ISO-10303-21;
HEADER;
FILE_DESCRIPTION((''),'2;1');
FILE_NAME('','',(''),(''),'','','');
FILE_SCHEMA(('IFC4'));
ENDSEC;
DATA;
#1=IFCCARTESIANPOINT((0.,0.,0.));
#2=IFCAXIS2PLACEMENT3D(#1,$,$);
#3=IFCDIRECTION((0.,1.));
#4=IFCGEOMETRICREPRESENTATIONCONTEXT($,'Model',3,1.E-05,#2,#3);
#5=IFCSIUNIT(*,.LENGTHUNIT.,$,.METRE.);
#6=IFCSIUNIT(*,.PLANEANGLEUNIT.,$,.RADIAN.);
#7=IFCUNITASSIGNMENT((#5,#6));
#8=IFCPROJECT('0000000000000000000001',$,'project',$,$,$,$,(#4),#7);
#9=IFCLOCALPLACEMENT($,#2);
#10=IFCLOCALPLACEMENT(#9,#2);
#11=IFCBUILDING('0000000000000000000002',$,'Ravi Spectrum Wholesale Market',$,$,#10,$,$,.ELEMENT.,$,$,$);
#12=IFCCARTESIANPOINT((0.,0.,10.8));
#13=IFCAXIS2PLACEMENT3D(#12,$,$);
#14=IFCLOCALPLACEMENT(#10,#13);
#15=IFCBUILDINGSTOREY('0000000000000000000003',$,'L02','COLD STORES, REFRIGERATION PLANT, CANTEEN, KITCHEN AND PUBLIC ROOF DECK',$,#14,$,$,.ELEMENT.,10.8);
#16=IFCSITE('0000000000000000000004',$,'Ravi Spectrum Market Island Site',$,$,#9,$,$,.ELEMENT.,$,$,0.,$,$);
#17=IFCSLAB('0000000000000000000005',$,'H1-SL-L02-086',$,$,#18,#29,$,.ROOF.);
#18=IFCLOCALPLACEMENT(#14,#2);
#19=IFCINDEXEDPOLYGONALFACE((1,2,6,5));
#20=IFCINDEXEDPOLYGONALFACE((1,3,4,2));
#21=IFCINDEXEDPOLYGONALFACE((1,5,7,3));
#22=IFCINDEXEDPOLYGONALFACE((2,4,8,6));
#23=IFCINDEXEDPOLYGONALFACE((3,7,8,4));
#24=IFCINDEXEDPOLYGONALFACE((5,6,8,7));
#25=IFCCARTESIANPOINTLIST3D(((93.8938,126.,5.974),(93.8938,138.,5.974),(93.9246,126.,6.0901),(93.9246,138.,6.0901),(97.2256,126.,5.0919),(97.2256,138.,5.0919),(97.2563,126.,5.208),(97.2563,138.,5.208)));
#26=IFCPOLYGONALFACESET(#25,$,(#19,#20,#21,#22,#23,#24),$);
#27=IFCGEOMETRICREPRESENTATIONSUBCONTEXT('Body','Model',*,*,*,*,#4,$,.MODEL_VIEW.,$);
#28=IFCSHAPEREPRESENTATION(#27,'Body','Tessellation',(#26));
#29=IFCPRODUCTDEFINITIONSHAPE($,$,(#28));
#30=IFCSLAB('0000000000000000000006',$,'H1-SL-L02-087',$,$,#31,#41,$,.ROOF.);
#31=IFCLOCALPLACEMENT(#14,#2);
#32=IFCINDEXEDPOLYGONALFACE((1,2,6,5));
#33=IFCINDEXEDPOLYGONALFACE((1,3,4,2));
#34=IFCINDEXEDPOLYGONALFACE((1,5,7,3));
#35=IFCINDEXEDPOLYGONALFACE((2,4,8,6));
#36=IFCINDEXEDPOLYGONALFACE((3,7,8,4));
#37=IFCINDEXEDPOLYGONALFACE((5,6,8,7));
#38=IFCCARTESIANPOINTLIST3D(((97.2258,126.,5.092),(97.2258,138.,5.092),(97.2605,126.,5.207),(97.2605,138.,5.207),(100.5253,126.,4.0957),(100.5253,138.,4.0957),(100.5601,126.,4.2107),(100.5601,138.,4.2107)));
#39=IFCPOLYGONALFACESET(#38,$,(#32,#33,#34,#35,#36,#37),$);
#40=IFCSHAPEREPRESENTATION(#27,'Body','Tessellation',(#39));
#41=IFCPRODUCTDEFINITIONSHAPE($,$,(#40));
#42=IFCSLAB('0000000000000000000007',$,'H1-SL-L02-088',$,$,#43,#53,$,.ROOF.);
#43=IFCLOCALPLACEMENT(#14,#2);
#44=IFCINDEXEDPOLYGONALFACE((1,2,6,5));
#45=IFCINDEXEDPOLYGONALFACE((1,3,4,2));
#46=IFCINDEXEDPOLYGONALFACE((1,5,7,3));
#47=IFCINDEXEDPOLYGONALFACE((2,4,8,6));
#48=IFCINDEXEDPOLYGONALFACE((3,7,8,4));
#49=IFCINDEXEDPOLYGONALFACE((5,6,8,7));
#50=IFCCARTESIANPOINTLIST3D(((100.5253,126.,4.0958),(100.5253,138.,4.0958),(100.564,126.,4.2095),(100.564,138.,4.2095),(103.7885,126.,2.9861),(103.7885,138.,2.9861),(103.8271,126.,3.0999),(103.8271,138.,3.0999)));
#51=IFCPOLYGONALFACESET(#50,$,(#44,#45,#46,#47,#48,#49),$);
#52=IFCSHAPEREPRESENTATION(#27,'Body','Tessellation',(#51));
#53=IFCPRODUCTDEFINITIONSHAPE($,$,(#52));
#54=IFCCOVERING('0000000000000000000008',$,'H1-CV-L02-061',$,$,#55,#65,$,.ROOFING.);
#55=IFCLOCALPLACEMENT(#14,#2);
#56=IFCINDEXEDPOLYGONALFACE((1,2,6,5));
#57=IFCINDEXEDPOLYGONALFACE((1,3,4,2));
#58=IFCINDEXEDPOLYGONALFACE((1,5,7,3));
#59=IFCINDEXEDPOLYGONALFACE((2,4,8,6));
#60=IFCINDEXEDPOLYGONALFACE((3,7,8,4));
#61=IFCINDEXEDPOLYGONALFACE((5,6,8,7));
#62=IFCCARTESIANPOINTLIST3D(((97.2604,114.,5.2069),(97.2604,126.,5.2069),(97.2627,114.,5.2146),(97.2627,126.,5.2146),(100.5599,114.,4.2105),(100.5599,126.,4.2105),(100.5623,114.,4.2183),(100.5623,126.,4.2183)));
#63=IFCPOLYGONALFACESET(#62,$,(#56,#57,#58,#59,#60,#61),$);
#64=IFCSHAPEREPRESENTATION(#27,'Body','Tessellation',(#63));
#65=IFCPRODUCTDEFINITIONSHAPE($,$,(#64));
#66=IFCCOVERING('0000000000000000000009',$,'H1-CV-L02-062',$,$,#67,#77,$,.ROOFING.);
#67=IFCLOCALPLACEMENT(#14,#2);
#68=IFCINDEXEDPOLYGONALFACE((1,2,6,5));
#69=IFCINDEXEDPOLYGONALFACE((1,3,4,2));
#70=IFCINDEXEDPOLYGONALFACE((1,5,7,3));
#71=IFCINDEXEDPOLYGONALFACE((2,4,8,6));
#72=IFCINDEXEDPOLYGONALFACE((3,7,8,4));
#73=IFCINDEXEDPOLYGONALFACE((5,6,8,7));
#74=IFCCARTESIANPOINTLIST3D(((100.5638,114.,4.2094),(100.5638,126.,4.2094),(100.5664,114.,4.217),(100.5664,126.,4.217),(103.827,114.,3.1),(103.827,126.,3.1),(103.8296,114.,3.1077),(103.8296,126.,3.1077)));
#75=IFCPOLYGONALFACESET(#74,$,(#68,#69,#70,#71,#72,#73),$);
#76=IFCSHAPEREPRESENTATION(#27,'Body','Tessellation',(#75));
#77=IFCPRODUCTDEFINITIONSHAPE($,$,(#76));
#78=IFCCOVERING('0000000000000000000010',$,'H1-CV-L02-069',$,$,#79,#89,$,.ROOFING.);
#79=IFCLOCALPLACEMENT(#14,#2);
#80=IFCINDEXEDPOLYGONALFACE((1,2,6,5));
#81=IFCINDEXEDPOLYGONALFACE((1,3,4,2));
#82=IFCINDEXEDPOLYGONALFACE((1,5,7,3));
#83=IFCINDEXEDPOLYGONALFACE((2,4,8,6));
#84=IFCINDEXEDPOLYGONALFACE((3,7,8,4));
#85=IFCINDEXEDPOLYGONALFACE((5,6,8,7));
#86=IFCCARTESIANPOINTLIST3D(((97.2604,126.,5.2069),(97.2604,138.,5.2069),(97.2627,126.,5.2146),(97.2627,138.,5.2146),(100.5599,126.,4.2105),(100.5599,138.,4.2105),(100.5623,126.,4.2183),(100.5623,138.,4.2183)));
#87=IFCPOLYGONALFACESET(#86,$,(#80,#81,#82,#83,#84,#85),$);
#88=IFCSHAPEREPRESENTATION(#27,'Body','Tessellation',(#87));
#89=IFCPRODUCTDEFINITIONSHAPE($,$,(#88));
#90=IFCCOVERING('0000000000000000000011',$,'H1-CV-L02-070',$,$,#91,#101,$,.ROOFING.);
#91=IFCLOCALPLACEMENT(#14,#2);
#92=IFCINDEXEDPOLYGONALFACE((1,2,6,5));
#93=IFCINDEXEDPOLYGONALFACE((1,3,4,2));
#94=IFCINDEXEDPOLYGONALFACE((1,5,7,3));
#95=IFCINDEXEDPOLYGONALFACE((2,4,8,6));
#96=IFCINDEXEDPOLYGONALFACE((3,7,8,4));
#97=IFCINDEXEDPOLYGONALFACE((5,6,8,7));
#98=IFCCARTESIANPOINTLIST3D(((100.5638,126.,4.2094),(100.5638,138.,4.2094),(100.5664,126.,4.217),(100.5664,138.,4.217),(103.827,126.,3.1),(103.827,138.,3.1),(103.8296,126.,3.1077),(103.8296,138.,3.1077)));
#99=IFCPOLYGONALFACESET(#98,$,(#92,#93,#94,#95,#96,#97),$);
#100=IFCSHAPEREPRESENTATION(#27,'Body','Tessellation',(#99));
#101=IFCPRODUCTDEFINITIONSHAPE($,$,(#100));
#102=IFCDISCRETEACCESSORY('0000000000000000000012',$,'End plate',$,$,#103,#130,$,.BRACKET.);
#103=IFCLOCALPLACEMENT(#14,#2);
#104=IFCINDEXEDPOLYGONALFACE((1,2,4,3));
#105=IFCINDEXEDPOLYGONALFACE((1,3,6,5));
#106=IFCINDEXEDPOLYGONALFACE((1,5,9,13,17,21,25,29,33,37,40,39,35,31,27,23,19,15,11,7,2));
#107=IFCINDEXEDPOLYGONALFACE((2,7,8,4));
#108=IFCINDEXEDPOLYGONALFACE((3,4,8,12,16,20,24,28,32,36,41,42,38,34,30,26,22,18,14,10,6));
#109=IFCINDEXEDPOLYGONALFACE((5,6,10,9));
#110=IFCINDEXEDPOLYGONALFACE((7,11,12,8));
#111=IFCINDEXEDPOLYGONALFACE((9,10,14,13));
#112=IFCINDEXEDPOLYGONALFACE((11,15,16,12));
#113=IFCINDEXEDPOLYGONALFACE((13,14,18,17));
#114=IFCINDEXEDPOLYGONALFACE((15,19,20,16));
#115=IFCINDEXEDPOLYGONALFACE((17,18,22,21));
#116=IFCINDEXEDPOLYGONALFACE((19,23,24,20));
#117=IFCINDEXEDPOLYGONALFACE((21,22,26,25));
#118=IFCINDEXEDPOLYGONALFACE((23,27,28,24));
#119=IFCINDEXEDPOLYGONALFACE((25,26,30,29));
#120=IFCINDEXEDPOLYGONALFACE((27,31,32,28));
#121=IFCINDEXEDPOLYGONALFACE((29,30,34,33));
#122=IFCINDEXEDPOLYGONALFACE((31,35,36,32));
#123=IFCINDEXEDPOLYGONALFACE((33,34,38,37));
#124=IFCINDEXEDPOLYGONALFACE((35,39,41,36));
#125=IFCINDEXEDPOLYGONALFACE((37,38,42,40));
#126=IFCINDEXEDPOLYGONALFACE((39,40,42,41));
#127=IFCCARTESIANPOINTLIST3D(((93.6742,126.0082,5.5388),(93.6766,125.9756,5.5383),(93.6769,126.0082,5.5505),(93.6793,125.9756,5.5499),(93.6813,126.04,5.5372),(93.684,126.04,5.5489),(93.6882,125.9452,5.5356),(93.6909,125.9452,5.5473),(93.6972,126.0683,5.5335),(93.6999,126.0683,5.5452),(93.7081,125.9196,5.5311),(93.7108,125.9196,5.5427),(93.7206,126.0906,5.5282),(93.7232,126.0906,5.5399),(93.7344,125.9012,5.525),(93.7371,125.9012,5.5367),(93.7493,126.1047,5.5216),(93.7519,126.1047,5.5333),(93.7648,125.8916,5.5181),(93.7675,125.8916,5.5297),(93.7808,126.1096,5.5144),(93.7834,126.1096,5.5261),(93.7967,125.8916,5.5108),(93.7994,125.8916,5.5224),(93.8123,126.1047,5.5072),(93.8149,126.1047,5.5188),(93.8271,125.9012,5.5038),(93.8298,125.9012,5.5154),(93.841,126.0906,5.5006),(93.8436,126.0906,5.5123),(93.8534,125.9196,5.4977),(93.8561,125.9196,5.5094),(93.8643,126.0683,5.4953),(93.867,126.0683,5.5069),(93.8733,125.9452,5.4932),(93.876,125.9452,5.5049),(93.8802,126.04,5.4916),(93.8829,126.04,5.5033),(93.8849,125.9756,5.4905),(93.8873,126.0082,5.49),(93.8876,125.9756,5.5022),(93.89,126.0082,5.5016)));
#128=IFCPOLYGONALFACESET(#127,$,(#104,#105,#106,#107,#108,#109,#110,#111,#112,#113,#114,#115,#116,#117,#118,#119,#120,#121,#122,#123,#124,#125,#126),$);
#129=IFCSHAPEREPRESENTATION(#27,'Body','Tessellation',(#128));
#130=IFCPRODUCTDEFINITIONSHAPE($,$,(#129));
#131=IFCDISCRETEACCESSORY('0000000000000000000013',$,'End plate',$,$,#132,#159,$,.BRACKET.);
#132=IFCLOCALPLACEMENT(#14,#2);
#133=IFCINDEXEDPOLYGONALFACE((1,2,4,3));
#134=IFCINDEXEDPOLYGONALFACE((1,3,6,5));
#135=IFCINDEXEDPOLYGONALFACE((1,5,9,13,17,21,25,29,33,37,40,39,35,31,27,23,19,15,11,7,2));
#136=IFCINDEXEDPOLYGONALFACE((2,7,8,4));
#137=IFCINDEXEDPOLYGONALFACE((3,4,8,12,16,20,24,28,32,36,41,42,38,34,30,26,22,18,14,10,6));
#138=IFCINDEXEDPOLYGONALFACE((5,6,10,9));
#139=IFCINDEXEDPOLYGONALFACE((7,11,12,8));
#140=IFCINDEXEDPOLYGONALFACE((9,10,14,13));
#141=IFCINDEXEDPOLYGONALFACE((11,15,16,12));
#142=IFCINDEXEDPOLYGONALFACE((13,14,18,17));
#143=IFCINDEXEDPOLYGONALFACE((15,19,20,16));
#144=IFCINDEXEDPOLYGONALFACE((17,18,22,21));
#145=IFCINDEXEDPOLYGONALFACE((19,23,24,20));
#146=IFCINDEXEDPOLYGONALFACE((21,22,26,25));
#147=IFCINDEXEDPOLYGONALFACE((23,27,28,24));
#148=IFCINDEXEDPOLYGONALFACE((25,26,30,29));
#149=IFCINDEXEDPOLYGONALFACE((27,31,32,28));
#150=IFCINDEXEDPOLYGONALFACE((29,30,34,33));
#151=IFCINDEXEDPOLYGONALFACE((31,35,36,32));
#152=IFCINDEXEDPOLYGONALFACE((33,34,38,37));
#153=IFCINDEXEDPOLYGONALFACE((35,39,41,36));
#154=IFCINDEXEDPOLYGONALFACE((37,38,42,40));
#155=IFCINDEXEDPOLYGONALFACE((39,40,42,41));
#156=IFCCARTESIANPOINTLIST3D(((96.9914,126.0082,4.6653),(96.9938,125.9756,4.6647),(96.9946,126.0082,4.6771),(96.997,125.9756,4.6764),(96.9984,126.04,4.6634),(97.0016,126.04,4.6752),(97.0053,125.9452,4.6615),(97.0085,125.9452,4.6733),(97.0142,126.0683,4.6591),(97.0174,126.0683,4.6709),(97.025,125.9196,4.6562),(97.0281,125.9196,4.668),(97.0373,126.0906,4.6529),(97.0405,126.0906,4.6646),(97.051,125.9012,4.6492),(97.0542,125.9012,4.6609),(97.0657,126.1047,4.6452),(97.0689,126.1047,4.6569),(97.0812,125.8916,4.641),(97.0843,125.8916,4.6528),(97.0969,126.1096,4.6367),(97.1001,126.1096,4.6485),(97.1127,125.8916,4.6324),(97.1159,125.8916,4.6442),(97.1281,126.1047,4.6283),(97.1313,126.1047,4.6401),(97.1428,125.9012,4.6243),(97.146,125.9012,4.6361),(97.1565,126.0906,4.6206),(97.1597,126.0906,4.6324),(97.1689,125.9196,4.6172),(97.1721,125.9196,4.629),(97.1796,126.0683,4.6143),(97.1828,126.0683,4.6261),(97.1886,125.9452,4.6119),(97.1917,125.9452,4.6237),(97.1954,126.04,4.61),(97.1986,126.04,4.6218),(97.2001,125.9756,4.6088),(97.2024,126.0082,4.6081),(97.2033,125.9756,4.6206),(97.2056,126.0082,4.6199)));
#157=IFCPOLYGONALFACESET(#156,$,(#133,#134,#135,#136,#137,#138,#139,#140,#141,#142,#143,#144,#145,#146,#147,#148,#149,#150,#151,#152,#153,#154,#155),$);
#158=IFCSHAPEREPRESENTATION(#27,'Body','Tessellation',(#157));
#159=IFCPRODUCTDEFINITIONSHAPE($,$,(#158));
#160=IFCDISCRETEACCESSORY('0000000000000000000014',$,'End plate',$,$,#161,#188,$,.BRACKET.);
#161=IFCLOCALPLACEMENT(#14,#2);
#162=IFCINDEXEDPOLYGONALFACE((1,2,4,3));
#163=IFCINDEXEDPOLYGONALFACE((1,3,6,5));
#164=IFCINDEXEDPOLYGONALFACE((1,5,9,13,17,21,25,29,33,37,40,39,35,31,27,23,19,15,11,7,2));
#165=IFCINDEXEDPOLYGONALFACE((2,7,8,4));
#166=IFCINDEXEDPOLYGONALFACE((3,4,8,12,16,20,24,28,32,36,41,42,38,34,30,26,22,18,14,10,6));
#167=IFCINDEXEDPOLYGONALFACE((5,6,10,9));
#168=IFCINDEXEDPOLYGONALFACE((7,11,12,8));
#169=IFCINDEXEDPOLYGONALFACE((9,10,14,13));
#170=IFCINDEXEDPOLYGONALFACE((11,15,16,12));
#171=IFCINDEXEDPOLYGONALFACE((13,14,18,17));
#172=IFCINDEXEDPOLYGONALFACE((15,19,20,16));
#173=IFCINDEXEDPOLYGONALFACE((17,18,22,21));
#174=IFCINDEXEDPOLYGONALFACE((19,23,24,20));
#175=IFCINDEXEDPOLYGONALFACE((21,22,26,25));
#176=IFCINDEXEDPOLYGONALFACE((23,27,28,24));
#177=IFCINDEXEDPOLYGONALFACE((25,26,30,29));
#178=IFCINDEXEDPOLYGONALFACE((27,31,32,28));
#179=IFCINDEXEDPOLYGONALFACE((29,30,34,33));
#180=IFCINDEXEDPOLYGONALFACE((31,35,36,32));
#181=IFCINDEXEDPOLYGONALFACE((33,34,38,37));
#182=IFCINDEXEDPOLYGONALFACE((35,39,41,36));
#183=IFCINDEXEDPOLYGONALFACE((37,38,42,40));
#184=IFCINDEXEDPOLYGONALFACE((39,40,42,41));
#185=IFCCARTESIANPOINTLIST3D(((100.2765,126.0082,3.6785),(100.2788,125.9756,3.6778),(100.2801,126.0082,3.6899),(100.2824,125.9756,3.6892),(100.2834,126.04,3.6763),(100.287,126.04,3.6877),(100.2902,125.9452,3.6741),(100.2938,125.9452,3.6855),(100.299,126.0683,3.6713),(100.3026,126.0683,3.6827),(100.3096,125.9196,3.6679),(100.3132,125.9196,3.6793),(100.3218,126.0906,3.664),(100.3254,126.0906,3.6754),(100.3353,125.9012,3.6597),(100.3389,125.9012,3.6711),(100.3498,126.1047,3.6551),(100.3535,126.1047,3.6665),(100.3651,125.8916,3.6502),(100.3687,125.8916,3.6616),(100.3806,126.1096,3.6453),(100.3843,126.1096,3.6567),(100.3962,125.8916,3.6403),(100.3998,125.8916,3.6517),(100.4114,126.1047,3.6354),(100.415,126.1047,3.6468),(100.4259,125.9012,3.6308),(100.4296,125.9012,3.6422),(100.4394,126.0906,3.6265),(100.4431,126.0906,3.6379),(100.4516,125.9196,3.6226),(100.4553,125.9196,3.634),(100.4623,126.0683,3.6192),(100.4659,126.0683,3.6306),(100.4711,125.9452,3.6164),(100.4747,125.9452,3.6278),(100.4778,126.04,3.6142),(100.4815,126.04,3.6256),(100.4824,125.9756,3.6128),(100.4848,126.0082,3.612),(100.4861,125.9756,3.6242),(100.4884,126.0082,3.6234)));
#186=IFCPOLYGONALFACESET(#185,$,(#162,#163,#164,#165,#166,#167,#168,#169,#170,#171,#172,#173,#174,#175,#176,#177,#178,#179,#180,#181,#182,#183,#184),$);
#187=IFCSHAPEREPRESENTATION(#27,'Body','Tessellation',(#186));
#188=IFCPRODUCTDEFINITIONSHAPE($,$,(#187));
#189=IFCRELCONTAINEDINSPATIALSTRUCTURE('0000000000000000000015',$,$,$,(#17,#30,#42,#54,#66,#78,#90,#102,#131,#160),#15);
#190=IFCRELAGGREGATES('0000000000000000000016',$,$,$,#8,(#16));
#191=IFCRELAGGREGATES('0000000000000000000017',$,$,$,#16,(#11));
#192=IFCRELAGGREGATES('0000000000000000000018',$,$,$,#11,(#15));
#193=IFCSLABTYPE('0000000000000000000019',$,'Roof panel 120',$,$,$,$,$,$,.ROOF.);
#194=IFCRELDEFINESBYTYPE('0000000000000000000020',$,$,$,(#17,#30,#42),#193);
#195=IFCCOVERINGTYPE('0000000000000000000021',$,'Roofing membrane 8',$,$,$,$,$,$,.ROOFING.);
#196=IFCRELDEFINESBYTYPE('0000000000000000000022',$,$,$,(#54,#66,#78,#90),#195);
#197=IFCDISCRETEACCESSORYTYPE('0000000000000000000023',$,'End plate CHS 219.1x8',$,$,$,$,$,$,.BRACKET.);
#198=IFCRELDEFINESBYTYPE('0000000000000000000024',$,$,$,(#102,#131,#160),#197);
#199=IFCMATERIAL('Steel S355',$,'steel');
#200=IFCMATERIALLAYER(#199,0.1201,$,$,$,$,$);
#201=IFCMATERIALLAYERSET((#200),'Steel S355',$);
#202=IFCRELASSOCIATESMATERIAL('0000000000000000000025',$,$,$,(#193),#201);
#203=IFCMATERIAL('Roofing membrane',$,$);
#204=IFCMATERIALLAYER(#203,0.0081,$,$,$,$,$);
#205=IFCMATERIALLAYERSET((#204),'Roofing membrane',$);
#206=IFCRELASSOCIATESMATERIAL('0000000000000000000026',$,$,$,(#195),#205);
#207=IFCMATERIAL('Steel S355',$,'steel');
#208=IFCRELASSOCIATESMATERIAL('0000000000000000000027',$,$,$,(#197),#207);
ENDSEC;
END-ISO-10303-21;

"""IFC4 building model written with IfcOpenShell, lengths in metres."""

from ifc_helpers import new_model, si_unit, direction, frame, origin, origin_2d, place, context, subcontext, project, spatial, polyline, circle, outline, extrude, material, layer, layer_set, material_profile, profile_set, type_object, element, save


model = new_model("IFC4")

# Units and contexts
model_context = context("Model", 3, precision=1e-05, world=origin(), true_north=direction((0.0, 1.0)))
body_context = subcontext(model_context, "Body", "Model", "MODEL_VIEW")
ifc_project = project(units=[si_unit("LENGTHUNIT", "METRE"), si_unit("PLANEANGLEUNIT", "RADIAN")], contexts=[model_context])

# Site, building, storey
site_placement = place(None, origin())
site = spatial("IfcSite", under=ifc_project, at=site_placement, Name="Ravi Spectrum Market Island Site", CompositionType="ELEMENT", RefElevation=0.0)
building_placement = place(site_placement, origin())
building = spatial("IfcBuilding", under=site, at=building_placement, Name="Ravi Spectrum Wholesale Market", CompositionType="ELEMENT")
storey_placement = place(building_placement, frame((0.0, 0.0, 10.8)))
storey = spatial("IfcBuildingStorey", under=building, at=storey_placement, Name="L02", Description="COLD STORES, REFRIGERATION PLANT, CANTEEN, KITCHEN AND PUBLIC ROOF DECK", CompositionType="ELEMENT", Elevation=10.8)

# Slabs
ifc_material_1 = material(Name="Steel S355", Category="steel")
ifc_layer_1 = layer(ifc_material_1, 0.1201)
ifc_layer_set_1 = layer_set([ifc_layer_1], Name="Steel S355")
slab_type = type_object("IfcSlabType", Name="Roof panel 120", PredefinedType="ROOF", material=ifc_layer_set_1)
slab_1_placement = place(storey_placement, frame((93.9246, 126.0, 6.0901), z_axis=(0.25593, 0.0, 0.966695), x_axis=(0.966695, 0.0, -0.25593)))
element("IfcSlab", 1, at=slab_1_placement, inside=storey, type_object=slab_type, Name="H1-SL-L02-086", PredefinedType="ROOF", context=body_context, shape_type="SweptSolid", body=[
    extrude(outline(polyline([(0.0, 0.0), (3.4466, 0.0), (3.4466, 12.0), (0.0, 12.0), (0.0, 0.0)])), origin(), (0.0, 0.0, -1.0), 0.1201),
])
slab_2_placement = place(storey_placement, frame((97.2605, 126.0, 5.207), z_axis=(0.28907, 0.0, 0.957308), x_axis=(0.957308, 0.0, -0.28907)))
element("IfcSlab", 2, at=slab_2_placement, inside=storey, type_object=slab_type, Name="H1-SL-L02-087", PredefinedType="ROOF", context=body_context, shape_type="SweptSolid", body=[
    extrude(outline(polyline([(0.0, 0.0), (3.4467, 0.0), (3.4467, 12.0), (0.0, 12.0), (0.0, 0.0)])), origin(), (0.0, 0.0, -1.0), 0.1201),
])
slab_3_placement = place(storey_placement, frame((100.564, 126.0, 4.2095), z_axis=(0.321938, 0.0, 0.946761), x_axis=(0.946761, 0.0, -0.321938)))
element("IfcSlab", 3, at=slab_3_placement, inside=storey, type_object=slab_type, Name="H1-SL-L02-088", PredefinedType="ROOF", context=body_context, shape_type="SweptSolid", body=[
    extrude(outline(polyline([(0.0, 0.0), (3.4467, 0.0), (3.4467, 12.0), (0.0, 12.0), (0.0, 0.0)])), origin(), (0.0, 0.0, -1.0), 0.1201),
])

# Coverings
ifc_material_2 = material(Name="Roofing membrane")
ifc_layer_2 = layer(ifc_material_2, 0.0081)
ifc_layer_set_2 = layer_set([ifc_layer_2], Name="Roofing membrane")
covering_type = type_object("IfcCoveringType", Name="Roofing membrane 8", PredefinedType="ROOFING", material=ifc_layer_set_2)
covering_1_placement = place(storey_placement, frame((97.2627, 114.0, 5.2146), z_axis=(0.28907, 0.0, 0.957308), x_axis=(0.957308, 0.0, -0.28907)))
element("IfcCovering", 4, at=covering_1_placement, inside=storey, type_object=covering_type, Name="H1-CV-L02-061", PredefinedType="ROOFING", context=body_context, shape_type="SweptSolid", body=[
    extrude(outline(polyline([(0.0, 0.0), (3.4467, 0.0), (3.4467, 12.0), (0.0, 12.0), (0.0, 0.0)])), origin(), (0.0, 0.0, -1.0), 0.0081),
])
covering_2_placement = place(storey_placement, frame((100.5664, 114.0, 4.217), z_axis=(0.321875, 0.0, 0.946782), x_axis=(0.946782, 0.0, -0.321875)))
element("IfcCovering", 5, at=covering_2_placement, inside=storey, type_object=covering_type, Name="H1-CV-L02-062", PredefinedType="ROOFING", context=body_context, shape_type="SweptSolid", body=[
    extrude(outline(polyline([(0.0, 0.0), (3.4466, 0.0), (3.4466, 12.0), (0.0, 12.0), (0.0, 0.0)])), origin(), (0.0, 0.0, -1.0), 0.0081),
])
covering_3_placement = place(storey_placement, frame((97.2627, 126.0, 5.2146), z_axis=(0.28907, 0.0, 0.957308), x_axis=(0.957308, 0.0, -0.28907)))
element("IfcCovering", 6, at=covering_3_placement, inside=storey, type_object=covering_type, Name="H1-CV-L02-069", PredefinedType="ROOFING", context=body_context, shape_type="SweptSolid", body=[
    extrude(outline(polyline([(0.0, 0.0), (3.4467, 0.0), (3.4467, 12.0), (0.0, 12.0), (0.0, 0.0)])), origin(), (0.0, 0.0, -1.0), 0.0081),
])
covering_4_placement = place(storey_placement, frame((100.5664, 126.0, 4.217), z_axis=(0.321875, 0.0, 0.946782), x_axis=(0.946782, 0.0, -0.321875)))
element("IfcCovering", 7, at=covering_4_placement, inside=storey, type_object=covering_type, Name="H1-CV-L02-070", PredefinedType="ROOFING", context=body_context, shape_type="SweptSolid", body=[
    extrude(outline(polyline([(0.0, 0.0), (3.4466, 0.0), (3.4466, 12.0), (0.0, 12.0), (0.0, 0.0)])), origin(), (0.0, 0.0, -1.0), 0.0081),
])

# Discrete accessories
ifc_material_3 = material(Name="Steel S355", Category="steel")
ifc_material_profile_1 = material_profile(ifc_material_3, circle(Radius=0.1096, at=origin_2d()))
ifc_profile_set_1 = profile_set([ifc_material_profile_1], Name="Steel S355")
discrete_accessory_type_1 = type_object("IfcDiscreteAccessoryType", Name="End plate CHS 219.1x8", PredefinedType="BRACKET", material=ifc_profile_set_1)
discrete_accessory_1_placement = place(storey_placement, frame((93.7808, 126.0, 5.5144), z_axis=(0.223376, 0.0, 0.974732), x_axis=(0.0, 1.0, 0.0)))
element("IfcDiscreteAccessory", 8, at=discrete_accessory_1_placement, inside=storey, type_object=discrete_accessory_type_1, Name="End plate", PredefinedType="BRACKET", context=body_context, shape_type="SweptSolid", body=[
    extrude(circle(Radius=0.1096, at=origin_2d()), origin(), (0.0, 0.0, 1.0), 0.012),
])
discrete_accessory_2_placement = place(storey_placement, frame((97.0969, 126.0, 4.6367), z_axis=(0.261415, 0.0, 0.965226), x_axis=(0.0, 1.0, 0.0)))
element("IfcDiscreteAccessory", 9, at=discrete_accessory_2_placement, inside=storey, type_object=discrete_accessory_type_1, Name="End plate", PredefinedType="BRACKET", context=body_context, shape_type="SweptSolid", body=[
    extrude(circle(Radius=0.1096, at=origin_2d()), origin(), (0.0, 0.0, 1.0), 0.0122),
])
discrete_accessory_3_placement = place(storey_placement, frame((100.3806, 126.0, 3.6453), z_axis=(0.30404, 0.0, 0.952659), x_axis=(0.0, 1.0, 0.0)))
element("IfcDiscreteAccessory", 10, at=discrete_accessory_3_placement, inside=storey, type_object=discrete_accessory_type_1, Name="End plate", PredefinedType="BRACKET", context=body_context, shape_type="SweptSolid", body=[
    extrude(circle(Radius=0.1096, at=origin_2d()), origin(), (0.0, 0.0, 1.0), 0.012),
])

save(model, "model.ifc")
